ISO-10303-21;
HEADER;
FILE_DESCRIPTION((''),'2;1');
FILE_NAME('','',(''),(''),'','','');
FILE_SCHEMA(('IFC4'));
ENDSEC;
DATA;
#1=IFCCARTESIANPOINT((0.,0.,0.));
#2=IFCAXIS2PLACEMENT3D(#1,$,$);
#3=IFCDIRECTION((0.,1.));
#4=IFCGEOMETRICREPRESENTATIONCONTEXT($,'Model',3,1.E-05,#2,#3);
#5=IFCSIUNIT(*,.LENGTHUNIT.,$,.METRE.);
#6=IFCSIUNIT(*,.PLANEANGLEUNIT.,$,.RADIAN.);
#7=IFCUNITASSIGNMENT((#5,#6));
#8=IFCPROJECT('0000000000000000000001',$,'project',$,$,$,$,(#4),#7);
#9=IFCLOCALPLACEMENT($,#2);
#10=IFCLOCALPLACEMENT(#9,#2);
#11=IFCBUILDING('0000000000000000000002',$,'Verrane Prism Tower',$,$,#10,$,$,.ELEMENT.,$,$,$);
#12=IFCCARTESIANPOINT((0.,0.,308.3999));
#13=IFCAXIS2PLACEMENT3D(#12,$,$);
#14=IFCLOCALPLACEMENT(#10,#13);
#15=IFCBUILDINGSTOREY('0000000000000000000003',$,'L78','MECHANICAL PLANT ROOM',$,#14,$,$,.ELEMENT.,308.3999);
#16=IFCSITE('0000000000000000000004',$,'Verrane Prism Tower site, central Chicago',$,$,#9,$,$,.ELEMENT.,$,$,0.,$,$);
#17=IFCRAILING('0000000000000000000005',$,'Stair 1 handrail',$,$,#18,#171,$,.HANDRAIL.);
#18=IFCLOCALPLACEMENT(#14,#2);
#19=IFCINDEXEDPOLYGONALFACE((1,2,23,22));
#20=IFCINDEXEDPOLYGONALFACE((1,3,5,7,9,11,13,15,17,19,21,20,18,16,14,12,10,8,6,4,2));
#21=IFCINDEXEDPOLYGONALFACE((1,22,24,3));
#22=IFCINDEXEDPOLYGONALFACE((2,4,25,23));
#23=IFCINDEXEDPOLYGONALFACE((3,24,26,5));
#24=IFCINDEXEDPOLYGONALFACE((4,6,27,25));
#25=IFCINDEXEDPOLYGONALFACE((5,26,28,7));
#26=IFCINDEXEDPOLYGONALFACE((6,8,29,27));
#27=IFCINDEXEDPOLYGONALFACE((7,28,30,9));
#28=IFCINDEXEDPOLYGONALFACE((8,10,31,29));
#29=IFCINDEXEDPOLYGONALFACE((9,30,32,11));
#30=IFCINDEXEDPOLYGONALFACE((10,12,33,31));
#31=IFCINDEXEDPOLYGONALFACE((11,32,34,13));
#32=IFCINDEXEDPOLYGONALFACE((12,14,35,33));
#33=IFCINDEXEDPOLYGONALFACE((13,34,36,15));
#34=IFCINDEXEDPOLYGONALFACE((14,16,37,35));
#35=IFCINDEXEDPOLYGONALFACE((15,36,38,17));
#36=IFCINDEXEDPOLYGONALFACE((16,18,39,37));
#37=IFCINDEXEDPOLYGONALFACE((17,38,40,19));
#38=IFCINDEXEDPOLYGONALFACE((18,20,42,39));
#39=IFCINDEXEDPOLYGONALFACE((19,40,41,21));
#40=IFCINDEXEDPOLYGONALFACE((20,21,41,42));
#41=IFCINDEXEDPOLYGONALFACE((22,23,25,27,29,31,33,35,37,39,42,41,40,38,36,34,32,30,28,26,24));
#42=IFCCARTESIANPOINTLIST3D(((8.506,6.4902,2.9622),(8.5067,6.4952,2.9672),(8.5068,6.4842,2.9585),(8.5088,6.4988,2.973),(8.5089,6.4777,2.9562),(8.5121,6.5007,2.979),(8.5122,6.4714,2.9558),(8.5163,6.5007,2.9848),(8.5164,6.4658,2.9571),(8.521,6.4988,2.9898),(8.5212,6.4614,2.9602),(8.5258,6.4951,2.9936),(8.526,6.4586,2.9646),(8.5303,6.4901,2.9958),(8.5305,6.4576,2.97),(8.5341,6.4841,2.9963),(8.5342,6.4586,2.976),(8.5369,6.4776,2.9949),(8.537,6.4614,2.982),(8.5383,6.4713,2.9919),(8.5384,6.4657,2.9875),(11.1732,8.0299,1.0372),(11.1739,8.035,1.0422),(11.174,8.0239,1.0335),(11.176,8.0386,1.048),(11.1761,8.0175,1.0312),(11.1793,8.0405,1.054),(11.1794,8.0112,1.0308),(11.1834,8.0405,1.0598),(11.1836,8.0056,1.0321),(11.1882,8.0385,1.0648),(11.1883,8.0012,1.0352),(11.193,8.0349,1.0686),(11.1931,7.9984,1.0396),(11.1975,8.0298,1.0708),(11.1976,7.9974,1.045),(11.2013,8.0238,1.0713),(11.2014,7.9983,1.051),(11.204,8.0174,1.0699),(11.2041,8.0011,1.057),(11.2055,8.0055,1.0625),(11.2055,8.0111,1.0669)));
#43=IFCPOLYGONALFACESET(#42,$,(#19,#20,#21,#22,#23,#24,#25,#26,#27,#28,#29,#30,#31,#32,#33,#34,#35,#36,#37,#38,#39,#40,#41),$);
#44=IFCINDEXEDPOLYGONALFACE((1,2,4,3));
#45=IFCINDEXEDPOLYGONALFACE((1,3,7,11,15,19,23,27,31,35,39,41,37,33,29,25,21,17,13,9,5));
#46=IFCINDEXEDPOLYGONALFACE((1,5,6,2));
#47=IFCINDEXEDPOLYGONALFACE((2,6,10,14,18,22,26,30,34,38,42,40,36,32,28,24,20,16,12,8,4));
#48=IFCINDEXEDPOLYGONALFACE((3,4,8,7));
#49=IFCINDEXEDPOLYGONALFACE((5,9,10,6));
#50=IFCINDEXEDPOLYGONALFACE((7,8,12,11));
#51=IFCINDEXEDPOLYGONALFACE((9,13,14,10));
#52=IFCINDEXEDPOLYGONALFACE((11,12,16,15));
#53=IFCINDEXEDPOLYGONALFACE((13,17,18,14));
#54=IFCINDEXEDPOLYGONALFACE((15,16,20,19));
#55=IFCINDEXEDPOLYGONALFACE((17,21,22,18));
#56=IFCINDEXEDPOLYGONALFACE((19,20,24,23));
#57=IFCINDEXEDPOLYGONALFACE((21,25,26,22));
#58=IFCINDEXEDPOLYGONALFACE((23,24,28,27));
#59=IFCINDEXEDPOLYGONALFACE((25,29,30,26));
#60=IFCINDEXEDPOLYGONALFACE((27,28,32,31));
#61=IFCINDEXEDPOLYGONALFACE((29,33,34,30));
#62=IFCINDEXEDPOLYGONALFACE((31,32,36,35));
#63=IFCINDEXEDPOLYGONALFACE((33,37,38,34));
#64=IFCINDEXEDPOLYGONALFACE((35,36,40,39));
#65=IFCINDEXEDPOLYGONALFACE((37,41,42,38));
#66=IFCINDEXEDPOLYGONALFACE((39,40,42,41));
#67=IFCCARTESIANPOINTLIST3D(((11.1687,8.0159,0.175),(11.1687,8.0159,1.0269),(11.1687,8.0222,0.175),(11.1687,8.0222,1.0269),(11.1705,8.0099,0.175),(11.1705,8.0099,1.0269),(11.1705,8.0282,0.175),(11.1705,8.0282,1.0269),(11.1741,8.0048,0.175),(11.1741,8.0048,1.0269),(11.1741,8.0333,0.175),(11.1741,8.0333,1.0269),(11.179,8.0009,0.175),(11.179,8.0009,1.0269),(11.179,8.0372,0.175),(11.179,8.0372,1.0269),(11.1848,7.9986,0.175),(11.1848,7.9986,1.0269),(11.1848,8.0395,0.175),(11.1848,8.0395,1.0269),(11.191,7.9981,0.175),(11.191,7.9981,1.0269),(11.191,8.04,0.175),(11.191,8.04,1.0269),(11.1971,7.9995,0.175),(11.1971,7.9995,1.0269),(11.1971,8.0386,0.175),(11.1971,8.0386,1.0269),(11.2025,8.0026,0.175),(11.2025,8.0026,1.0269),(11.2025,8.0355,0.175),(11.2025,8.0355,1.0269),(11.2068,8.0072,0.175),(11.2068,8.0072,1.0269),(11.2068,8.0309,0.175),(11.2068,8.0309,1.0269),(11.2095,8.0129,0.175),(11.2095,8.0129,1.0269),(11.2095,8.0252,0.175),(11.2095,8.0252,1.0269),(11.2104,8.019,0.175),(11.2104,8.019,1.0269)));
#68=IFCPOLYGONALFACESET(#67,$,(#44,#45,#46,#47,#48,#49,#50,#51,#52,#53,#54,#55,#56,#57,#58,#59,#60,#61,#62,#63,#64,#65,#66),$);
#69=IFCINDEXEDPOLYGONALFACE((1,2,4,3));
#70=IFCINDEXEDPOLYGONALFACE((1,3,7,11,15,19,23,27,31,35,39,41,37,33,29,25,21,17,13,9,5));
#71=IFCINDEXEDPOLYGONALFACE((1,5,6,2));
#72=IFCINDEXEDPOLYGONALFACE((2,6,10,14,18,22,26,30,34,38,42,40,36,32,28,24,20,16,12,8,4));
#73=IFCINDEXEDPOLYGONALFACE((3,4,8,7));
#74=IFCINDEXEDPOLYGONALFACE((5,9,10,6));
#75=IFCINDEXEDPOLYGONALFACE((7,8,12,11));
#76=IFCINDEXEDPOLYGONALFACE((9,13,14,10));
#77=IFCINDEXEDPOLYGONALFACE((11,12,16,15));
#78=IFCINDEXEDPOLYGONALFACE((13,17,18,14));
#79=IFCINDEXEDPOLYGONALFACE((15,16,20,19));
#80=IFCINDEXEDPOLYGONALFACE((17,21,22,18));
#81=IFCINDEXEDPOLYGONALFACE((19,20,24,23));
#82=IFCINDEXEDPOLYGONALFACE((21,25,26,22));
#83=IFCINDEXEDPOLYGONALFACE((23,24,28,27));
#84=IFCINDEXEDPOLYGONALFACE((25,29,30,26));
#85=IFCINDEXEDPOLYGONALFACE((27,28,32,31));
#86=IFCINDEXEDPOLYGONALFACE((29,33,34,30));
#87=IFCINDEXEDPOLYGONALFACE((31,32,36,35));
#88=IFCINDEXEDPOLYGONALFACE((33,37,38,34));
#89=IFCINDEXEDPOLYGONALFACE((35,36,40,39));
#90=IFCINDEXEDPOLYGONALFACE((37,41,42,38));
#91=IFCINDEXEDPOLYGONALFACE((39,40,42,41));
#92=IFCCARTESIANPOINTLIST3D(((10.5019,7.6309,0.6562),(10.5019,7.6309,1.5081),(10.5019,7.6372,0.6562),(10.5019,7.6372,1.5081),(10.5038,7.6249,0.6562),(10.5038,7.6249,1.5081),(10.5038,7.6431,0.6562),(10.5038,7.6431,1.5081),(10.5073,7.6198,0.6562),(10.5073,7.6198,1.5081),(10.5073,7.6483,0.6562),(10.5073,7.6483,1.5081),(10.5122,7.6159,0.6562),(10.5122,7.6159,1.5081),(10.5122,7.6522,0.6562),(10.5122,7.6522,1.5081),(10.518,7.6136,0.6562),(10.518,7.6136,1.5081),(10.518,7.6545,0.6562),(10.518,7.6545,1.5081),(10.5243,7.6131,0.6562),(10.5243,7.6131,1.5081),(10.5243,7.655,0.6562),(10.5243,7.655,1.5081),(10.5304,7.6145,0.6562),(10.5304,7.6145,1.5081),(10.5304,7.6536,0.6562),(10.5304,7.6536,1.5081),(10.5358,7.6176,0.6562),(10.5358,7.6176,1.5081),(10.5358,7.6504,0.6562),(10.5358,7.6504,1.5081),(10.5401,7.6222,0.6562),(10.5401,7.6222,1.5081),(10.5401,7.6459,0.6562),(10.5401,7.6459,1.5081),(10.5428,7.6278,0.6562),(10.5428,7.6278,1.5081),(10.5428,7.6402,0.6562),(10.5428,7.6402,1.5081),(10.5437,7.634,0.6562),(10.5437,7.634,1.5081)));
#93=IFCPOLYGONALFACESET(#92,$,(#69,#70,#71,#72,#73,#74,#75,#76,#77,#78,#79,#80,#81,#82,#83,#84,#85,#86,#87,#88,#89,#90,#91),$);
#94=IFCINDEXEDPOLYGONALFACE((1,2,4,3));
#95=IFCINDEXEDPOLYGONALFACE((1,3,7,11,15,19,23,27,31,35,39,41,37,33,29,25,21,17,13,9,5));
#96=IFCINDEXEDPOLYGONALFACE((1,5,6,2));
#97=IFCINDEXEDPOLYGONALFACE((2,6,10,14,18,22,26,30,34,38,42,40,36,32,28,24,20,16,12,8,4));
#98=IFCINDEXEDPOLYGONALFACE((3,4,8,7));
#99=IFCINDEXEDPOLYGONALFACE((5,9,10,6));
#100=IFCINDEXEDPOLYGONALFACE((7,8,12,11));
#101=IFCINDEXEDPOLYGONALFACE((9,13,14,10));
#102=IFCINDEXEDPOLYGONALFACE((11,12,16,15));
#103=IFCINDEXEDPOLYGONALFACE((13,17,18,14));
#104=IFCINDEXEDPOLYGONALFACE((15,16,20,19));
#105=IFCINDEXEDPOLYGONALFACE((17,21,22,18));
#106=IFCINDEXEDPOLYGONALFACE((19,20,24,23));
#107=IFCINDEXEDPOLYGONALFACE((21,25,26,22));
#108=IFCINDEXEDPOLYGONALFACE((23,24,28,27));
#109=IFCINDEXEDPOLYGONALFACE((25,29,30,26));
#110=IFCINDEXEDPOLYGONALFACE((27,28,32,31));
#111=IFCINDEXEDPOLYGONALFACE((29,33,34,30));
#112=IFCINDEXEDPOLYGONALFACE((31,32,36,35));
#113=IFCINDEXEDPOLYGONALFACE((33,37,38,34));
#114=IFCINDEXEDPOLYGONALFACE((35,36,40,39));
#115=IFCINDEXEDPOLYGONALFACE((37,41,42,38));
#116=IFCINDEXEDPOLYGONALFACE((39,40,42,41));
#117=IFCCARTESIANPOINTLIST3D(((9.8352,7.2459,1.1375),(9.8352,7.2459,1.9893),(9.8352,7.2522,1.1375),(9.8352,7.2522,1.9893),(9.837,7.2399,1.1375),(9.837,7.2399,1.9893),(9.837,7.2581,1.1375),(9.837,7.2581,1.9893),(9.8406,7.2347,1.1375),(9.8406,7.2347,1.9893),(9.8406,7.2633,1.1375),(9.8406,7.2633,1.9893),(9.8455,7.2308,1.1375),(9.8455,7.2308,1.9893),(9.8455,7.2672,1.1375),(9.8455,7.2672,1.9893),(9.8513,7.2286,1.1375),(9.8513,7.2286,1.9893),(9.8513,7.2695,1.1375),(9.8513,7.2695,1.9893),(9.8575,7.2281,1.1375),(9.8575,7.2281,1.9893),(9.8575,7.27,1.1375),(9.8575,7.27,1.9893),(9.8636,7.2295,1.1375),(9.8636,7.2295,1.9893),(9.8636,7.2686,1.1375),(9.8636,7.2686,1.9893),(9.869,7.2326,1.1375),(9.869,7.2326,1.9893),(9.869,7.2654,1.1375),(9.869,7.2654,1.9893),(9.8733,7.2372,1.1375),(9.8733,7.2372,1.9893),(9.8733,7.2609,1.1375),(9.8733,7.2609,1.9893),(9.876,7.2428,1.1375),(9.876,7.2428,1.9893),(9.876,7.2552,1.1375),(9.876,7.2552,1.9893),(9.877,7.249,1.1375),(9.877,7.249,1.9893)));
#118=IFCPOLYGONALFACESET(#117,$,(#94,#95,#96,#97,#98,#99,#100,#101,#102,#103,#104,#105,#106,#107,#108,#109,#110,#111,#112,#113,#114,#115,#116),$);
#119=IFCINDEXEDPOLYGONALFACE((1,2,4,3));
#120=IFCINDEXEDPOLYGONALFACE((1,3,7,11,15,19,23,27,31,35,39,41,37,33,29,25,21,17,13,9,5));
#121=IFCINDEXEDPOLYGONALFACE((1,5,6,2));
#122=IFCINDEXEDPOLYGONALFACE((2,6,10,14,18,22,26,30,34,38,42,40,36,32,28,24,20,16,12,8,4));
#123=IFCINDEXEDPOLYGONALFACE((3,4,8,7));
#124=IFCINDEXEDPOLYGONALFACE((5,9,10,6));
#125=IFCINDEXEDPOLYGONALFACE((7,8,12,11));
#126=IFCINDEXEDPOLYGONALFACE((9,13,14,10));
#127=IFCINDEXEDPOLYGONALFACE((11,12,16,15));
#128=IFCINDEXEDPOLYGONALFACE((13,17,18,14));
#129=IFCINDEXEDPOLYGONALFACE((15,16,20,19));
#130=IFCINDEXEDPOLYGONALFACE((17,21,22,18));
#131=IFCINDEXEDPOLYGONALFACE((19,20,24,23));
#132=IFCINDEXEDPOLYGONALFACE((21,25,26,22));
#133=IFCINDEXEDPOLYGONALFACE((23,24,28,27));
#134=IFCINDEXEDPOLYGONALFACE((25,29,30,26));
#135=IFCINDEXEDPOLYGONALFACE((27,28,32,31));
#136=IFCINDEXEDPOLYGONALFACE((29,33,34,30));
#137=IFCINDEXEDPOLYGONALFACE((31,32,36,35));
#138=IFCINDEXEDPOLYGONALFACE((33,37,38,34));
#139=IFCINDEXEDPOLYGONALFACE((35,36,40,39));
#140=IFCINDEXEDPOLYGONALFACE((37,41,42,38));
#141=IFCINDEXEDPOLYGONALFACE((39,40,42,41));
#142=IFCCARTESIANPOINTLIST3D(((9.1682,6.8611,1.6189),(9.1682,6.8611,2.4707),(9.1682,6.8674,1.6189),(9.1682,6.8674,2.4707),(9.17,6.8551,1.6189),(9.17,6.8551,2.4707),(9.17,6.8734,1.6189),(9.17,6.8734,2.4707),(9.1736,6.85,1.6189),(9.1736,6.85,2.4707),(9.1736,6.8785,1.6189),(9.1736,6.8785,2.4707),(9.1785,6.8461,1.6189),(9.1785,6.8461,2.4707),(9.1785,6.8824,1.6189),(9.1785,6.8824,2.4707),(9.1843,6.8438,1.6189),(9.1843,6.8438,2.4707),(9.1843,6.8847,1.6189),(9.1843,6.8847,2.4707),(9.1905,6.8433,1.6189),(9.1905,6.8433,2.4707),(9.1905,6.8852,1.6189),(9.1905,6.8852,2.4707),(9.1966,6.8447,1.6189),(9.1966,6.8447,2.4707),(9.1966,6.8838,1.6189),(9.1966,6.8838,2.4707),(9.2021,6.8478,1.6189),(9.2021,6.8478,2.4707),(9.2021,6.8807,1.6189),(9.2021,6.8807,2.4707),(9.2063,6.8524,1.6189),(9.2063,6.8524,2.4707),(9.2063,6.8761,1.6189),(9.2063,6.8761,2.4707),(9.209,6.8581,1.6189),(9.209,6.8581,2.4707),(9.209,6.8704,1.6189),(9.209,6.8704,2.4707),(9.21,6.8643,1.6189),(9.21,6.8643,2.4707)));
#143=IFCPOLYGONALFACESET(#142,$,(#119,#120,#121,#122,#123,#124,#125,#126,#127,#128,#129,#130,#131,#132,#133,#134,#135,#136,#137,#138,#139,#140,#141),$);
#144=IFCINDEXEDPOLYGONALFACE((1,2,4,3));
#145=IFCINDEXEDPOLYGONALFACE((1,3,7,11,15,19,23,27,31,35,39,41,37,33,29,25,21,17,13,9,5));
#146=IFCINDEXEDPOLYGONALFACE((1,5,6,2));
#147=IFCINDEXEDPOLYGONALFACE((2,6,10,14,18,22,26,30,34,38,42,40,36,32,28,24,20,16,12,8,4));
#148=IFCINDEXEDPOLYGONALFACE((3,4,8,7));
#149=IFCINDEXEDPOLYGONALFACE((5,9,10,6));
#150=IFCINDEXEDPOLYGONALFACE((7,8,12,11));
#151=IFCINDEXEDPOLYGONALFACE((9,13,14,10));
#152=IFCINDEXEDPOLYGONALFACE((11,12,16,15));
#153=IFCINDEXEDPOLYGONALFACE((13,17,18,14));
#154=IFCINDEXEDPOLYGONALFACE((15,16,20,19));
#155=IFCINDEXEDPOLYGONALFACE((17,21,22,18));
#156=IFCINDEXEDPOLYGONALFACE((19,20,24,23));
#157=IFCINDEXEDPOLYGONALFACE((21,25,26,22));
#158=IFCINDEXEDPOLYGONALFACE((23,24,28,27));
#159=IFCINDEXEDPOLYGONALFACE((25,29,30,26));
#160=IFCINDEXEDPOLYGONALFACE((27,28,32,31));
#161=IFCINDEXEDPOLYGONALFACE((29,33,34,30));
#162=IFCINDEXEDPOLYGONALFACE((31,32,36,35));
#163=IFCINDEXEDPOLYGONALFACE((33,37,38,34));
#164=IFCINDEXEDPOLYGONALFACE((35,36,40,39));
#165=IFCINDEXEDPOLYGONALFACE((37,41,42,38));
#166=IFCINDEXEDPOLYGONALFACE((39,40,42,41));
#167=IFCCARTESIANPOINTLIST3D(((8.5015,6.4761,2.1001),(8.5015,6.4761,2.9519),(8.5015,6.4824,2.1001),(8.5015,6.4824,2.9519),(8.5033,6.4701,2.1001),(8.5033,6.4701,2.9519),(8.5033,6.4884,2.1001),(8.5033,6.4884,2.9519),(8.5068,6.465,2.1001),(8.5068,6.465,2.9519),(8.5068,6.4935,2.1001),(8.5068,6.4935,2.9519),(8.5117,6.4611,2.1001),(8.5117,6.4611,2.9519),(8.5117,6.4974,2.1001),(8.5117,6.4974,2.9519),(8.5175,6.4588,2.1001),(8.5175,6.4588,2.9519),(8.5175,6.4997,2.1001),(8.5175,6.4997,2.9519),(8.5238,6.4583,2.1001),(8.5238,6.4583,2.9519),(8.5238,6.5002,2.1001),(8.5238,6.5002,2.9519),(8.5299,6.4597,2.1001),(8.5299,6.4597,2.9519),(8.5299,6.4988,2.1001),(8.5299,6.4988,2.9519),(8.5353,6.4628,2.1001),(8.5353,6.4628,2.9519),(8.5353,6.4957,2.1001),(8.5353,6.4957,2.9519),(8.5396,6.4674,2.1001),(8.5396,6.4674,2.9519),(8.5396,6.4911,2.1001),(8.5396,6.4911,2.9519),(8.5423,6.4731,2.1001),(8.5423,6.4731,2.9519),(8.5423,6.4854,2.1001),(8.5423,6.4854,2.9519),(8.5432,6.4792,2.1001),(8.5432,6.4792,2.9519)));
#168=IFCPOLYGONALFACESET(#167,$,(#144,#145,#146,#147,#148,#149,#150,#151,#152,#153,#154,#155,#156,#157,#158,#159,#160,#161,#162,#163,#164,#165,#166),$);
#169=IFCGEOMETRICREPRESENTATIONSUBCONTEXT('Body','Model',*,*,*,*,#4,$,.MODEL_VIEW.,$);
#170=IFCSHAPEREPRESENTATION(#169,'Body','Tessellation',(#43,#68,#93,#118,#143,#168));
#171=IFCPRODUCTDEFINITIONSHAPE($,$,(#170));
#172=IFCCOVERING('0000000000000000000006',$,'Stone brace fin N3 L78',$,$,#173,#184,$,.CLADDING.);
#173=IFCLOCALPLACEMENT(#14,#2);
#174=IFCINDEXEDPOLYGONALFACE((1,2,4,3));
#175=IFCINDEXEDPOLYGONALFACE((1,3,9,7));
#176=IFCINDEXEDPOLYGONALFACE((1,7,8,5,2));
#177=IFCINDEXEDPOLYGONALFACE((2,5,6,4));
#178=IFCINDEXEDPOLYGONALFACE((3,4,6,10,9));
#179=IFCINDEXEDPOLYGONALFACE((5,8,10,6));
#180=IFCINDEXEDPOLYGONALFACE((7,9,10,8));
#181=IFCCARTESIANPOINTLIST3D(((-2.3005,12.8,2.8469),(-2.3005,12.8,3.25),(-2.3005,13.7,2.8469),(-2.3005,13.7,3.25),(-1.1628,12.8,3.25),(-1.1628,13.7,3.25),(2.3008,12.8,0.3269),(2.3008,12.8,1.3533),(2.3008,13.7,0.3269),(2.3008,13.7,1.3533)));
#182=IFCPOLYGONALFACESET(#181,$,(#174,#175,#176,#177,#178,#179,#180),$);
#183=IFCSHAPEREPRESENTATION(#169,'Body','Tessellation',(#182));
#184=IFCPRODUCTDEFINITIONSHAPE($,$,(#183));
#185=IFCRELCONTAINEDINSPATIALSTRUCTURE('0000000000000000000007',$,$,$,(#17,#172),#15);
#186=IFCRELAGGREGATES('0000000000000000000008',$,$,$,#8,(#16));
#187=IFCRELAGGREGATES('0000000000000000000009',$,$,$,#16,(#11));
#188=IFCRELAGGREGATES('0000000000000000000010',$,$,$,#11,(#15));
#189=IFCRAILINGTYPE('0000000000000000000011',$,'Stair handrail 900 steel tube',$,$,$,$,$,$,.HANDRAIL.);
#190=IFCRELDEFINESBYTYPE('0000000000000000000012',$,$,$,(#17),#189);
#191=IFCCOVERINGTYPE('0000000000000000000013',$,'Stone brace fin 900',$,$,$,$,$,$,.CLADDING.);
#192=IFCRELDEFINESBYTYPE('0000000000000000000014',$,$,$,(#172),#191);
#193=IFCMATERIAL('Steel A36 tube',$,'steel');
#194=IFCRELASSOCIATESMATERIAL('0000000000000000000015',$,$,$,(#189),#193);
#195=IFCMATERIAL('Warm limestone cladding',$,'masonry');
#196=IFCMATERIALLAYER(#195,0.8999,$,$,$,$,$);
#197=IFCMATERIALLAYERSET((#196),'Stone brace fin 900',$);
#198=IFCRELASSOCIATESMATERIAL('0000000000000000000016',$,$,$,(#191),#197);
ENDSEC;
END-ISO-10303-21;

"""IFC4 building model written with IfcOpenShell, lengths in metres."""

from ifc_helpers import new_model, si_unit, direction, frame, origin, origin_2d, place, context, subcontext, project, spatial, polyline, circle, outline, extrude, material, layer, layer_set, type_object, element, save


model = new_model("IFC4")

# Units and contexts
model_context = context("Model", 3, precision=1e-05, world=origin(), true_north=direction((0.0, 1.0)))
body_context = subcontext(model_context, "Body", "Model", "MODEL_VIEW")
ifc_project = project(units=[si_unit("LENGTHUNIT", "METRE"), si_unit("PLANEANGLEUNIT", "RADIAN")], contexts=[model_context])

# Site, building, storey
site_placement = place(None, origin())
site = spatial("IfcSite", under=ifc_project, at=site_placement, Name="Verrane Prism Tower site, central Chicago", CompositionType="ELEMENT", RefElevation=0.0)
building_placement = place(site_placement, origin())
building = spatial("IfcBuilding", under=site, at=building_placement, Name="Verrane Prism Tower", CompositionType="ELEMENT")
storey_placement = place(building_placement, frame((0.0, 0.0, 308.3999)))
storey = spatial("IfcBuildingStorey", under=building, at=storey_placement, Name="L78", Description="MECHANICAL PLANT ROOM", CompositionType="ELEMENT", Elevation=308.3999)

# Railing
ifc_material_1 = material(Name="Steel A36 tube", Category="steel")
railing_type = type_object("IfcRailingType", Name="Stair handrail 900 steel tube", PredefinedType="HANDRAIL", material=ifc_material_1)
railing_placement = place(storey_placement, frame((11.1895, 8.019, 0.175)))
element("IfcRailing", 1, at=railing_placement, inside=storey, type_object=railing_type, Name="Stair 1 handrail", PredefinedType="HANDRAIL", context=body_context, shape_type="SweptSolid", body=[
    extrude(circle(Radius=0.0239, at=origin_2d()), frame((0.0, 0.0, 0.876), z_axis=(-0.734385, -0.42396, 0.530034), x_axis=(0.499967, -0.866044, 0.0)), (0.0, 0.0, 1.0), 3.6318),
    extrude(circle(Radius=0.021, at=origin_2d()), origin(), (0.0, 0.0, 1.0), 0.8518),
    extrude(circle(Radius=0.021, at=origin_2d()), frame((-0.6667, -0.385, 0.4812)), (0.0, 0.0, 1.0), 0.8518),
    extrude(circle(Radius=0.021, at=origin_2d()), frame((-1.3335, -0.77, 0.9624)), (0.0, 0.0, 1.0), 0.8518),
    extrude(circle(Radius=0.021, at=origin_2d()), frame((-2.0005, -1.1548, 1.4438)), (0.0, 0.0, 1.0), 0.8518),
    extrude(circle(Radius=0.021, at=origin_2d()), frame((-2.6672, -1.5398, 1.925)), (0.0, 0.0, 1.0), 0.8518),
])

# Covering
ifc_material_2 = material(Name="Warm limestone cladding", Category="masonry")
ifc_layer_1 = layer(ifc_material_2, 0.8999)
ifc_layer_set_1 = layer_set([ifc_layer_1], Name="Stone brace fin 900")
covering_type = type_object("IfcCoveringType", Name="Stone brace fin 900", PredefinedType="CLADDING", material=ifc_layer_set_1)
covering_placement = place(storey_placement, frame((2.3008, 13.25, 0.3269), z_axis=(0.0, 0.0, 1.0), x_axis=(-1.0, 0.0, 0.0)))
element("IfcCovering", 2, at=covering_placement, inside=storey, type_object=covering_type, Name="Stone brace fin N3 L78", PredefinedType="CLADDING", context=body_context, shape_type="SweptSolid", body=[
    extrude(outline(polyline([(4.6013, 2.9231), (3.4636, 2.9231), (0.0, 1.0264), (0.0, 0.0), (4.6013, 2.52), (4.6013, 2.9231)])), frame((0.0, 0.45, 0.0), z_axis=(0.0, -1.0, 0.0), x_axis=(1.0, 0.0, 0.0)), (0.0, 0.0, 1.0), 0.8999),
])

save(model, "model.ifc")
